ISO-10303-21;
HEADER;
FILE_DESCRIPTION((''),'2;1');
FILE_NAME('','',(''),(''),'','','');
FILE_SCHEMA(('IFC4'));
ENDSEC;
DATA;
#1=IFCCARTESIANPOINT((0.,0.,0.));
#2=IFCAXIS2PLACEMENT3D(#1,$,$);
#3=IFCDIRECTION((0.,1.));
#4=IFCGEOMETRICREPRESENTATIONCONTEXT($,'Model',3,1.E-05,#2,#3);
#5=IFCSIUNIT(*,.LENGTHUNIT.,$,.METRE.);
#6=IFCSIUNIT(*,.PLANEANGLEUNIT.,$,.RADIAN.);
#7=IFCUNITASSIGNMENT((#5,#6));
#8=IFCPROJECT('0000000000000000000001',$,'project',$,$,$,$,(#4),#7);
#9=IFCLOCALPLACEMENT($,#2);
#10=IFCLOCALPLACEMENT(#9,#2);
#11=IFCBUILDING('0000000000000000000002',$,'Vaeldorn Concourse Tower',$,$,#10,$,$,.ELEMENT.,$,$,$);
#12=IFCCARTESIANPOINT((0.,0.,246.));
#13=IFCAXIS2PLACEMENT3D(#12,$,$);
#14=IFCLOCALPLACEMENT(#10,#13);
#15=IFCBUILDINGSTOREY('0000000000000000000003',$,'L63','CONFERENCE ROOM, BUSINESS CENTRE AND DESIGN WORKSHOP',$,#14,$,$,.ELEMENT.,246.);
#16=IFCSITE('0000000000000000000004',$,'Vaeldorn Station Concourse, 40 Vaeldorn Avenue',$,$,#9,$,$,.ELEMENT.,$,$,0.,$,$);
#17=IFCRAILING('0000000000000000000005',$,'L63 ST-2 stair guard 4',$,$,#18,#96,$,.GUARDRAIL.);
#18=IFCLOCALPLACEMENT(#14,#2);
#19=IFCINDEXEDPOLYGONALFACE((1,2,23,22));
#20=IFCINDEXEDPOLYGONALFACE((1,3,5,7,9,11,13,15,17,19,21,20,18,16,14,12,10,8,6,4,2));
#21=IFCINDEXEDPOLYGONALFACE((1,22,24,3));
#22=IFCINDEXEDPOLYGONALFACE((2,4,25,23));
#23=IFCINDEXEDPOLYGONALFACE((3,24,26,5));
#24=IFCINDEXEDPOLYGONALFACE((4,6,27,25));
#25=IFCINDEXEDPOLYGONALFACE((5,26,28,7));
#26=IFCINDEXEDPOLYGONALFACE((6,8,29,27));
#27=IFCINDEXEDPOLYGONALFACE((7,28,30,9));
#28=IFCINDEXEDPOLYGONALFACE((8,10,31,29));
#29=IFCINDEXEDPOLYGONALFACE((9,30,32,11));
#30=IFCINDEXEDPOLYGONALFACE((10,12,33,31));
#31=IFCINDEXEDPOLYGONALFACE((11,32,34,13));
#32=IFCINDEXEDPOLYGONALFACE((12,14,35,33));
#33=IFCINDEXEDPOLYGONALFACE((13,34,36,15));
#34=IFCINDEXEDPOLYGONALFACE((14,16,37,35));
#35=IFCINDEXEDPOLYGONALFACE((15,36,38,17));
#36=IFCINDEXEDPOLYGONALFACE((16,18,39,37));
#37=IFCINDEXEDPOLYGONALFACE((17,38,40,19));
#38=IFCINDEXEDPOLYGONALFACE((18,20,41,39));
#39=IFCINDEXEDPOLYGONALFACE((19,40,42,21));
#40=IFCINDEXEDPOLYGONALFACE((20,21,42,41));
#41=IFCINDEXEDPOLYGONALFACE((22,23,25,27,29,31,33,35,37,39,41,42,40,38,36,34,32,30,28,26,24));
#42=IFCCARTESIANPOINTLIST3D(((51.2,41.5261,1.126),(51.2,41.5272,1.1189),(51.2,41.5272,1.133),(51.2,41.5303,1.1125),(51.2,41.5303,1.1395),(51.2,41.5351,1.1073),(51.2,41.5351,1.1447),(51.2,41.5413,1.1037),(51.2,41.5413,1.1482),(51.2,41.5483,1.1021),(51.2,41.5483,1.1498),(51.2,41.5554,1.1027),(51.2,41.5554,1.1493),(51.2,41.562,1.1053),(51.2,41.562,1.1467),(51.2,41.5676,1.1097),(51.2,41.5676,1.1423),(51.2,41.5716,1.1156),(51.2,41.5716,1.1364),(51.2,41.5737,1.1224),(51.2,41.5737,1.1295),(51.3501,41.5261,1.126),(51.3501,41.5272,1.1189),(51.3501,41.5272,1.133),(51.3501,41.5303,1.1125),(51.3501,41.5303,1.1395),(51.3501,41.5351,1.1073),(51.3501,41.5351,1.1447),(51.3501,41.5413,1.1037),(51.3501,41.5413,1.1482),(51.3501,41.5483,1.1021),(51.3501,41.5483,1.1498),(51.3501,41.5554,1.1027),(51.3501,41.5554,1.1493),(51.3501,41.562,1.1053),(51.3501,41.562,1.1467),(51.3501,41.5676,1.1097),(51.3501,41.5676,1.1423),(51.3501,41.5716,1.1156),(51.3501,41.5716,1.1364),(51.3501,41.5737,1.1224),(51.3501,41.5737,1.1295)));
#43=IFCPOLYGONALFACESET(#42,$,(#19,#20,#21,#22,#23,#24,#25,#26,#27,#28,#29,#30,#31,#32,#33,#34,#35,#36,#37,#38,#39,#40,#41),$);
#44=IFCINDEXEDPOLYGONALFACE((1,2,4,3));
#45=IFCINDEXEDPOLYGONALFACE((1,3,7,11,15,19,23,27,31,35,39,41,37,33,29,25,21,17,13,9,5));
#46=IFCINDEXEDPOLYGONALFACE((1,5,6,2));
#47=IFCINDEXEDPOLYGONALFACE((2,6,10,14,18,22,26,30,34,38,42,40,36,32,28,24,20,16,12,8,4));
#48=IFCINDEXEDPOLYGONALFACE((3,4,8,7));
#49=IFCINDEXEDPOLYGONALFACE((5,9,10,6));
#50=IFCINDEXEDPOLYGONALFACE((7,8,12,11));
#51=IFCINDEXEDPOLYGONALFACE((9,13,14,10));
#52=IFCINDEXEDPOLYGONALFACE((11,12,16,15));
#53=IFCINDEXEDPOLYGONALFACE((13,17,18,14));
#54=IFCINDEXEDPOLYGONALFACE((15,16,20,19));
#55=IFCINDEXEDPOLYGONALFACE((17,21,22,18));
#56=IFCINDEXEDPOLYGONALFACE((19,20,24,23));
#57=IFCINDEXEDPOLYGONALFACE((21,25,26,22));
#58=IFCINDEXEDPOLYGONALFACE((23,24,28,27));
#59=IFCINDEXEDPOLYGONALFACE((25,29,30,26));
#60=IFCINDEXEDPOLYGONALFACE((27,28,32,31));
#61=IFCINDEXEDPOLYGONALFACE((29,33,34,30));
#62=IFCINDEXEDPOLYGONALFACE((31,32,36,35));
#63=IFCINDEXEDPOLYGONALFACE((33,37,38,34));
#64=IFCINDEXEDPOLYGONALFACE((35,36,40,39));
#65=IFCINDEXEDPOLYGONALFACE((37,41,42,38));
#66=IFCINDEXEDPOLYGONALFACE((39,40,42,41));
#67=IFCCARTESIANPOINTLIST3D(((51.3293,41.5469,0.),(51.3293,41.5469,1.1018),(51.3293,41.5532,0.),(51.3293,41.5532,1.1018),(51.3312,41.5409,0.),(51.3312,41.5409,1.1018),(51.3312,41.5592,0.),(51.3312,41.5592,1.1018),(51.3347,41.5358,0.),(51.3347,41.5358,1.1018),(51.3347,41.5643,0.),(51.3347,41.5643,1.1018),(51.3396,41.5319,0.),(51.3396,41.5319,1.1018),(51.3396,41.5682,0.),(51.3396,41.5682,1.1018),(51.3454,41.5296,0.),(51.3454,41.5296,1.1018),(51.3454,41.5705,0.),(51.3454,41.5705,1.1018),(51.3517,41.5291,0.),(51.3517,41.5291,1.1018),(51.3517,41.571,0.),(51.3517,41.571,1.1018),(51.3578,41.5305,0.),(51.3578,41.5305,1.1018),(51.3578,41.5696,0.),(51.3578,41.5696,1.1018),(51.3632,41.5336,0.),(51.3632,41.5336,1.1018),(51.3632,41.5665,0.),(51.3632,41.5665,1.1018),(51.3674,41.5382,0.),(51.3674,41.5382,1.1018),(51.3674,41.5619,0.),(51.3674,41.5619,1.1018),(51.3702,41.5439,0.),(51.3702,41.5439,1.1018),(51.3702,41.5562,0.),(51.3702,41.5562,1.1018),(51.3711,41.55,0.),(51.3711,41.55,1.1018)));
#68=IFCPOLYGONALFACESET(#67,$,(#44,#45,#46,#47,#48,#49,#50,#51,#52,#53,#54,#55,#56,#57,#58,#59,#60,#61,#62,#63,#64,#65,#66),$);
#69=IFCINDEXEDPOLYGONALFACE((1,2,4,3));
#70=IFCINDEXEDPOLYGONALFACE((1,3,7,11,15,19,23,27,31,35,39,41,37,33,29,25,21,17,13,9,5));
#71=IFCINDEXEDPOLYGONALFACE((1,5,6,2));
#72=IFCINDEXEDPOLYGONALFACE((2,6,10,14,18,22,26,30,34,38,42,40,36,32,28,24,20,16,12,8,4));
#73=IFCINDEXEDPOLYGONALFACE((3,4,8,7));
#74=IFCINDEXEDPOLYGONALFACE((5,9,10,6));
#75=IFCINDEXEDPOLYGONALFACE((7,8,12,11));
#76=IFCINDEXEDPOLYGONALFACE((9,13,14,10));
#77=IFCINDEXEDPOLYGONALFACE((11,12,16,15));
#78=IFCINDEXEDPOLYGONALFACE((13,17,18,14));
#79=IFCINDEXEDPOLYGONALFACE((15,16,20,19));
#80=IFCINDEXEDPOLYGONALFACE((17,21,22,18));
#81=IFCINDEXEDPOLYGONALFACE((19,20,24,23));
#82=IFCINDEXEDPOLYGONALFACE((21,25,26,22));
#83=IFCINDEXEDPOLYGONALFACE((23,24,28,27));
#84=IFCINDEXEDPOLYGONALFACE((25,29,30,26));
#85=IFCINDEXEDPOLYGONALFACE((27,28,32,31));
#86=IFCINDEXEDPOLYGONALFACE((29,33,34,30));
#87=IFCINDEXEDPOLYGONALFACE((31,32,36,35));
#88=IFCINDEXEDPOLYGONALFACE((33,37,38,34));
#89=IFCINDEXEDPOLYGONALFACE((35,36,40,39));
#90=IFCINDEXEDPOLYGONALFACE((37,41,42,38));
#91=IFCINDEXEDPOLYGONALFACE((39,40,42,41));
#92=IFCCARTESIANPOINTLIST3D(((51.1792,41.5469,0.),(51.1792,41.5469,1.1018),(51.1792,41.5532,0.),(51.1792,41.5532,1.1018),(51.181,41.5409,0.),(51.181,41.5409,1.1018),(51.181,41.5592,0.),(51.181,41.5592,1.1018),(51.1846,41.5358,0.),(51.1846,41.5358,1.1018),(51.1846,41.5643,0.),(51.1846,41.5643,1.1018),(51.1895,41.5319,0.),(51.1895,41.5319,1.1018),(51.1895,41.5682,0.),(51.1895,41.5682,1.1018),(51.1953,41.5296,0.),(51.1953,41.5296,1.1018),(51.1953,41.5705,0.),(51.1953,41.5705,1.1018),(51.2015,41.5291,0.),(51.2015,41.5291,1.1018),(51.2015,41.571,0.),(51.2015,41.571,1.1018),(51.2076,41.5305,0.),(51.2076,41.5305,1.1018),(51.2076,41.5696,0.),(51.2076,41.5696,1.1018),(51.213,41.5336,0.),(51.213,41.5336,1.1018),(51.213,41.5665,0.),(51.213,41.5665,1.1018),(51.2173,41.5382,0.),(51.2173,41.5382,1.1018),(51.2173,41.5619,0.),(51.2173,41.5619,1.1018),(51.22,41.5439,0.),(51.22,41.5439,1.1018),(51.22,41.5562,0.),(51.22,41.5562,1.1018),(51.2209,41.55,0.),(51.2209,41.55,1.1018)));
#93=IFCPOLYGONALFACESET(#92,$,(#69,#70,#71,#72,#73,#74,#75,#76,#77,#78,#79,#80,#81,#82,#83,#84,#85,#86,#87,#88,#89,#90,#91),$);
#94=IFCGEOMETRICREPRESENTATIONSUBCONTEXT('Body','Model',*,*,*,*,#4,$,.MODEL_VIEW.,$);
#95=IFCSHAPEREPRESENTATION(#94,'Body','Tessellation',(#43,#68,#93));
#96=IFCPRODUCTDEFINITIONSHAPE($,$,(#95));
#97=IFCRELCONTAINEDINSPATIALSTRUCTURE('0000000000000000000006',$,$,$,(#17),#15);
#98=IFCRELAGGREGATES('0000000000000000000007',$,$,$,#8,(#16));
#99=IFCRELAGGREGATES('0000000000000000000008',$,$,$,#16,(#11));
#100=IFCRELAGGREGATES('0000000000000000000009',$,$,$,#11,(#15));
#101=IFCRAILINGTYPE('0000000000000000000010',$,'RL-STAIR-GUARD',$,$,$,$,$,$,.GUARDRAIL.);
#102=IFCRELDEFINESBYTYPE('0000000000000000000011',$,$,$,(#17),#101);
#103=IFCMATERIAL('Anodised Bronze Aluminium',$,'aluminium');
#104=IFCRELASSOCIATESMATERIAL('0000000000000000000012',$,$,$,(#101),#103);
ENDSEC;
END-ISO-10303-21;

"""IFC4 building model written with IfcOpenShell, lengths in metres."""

from ifc_helpers import new_model, si_unit, direction, frame, origin, origin_2d, place, context, subcontext, project, spatial, circle, extrude, material, type_object, element, save


model = new_model("IFC4")

# Units and contexts
model_context = context("Model", 3, precision=1e-05, world=origin(), true_north=direction((0.0, 1.0)))
body_context = subcontext(model_context, "Body", "Model", "MODEL_VIEW")
ifc_project = project(units=[si_unit("LENGTHUNIT", "METRE"), si_unit("PLANEANGLEUNIT", "RADIAN")], contexts=[model_context])

# Site, building, storey
site_placement = place(None, origin())
site = spatial("IfcSite", under=ifc_project, at=site_placement, Name="Vaeldorn Station Concourse, 40 Vaeldorn Avenue", CompositionType="ELEMENT", RefElevation=0.0)
building_placement = place(site_placement, origin())
building = spatial("IfcBuilding", under=site, at=building_placement, Name="Vaeldorn Concourse Tower", CompositionType="ELEMENT")
storey_placement = place(building_placement, frame((0.0, 0.0, 246.0)))
storey = spatial("IfcBuildingStorey", under=building, at=storey_placement, Name="L63", Description="CONFERENCE ROOM, BUSINESS CENTRE AND DESIGN WORKSHOP", CompositionType="ELEMENT", Elevation=246.0)

# Shared definitions
ifc_material_1 = material(Name="Anodised Bronze Aluminium", Category="aluminium")

# Railing
railing_type_1 = type_object("IfcRailingType", Name="RL-STAIR-GUARD", PredefinedType="GUARDRAIL", material=ifc_material_1)
railing_1_placement = place(storey_placement, frame((51.3501, 41.55, 0.0)))
element("IfcRailing", 1, at=railing_1_placement, inside=storey, type_object=railing_type_1, Name="L63 ST-2 stair guard 4", PredefinedType="GUARDRAIL", context=body_context, shape_type="SweptSolid", body=[
    extrude(circle(Radius=0.0239, at=origin_2d()), frame((0.0, 0.0, 1.126), z_axis=(-1.0, 0.0, 0.0), x_axis=(0.0, -1.0, 0.0)), (0.0, 0.0, 1.0), 0.1501),
    extrude(circle(Radius=0.021, at=origin_2d()), origin(), (0.0, 0.0, 1.0), 1.1018),
    extrude(circle(Radius=0.021, at=origin_2d()), frame((-0.1501, 0.0, 0.0)), (0.0, 0.0, 1.0), 1.1018),
])

save(model, "model.ifc")
